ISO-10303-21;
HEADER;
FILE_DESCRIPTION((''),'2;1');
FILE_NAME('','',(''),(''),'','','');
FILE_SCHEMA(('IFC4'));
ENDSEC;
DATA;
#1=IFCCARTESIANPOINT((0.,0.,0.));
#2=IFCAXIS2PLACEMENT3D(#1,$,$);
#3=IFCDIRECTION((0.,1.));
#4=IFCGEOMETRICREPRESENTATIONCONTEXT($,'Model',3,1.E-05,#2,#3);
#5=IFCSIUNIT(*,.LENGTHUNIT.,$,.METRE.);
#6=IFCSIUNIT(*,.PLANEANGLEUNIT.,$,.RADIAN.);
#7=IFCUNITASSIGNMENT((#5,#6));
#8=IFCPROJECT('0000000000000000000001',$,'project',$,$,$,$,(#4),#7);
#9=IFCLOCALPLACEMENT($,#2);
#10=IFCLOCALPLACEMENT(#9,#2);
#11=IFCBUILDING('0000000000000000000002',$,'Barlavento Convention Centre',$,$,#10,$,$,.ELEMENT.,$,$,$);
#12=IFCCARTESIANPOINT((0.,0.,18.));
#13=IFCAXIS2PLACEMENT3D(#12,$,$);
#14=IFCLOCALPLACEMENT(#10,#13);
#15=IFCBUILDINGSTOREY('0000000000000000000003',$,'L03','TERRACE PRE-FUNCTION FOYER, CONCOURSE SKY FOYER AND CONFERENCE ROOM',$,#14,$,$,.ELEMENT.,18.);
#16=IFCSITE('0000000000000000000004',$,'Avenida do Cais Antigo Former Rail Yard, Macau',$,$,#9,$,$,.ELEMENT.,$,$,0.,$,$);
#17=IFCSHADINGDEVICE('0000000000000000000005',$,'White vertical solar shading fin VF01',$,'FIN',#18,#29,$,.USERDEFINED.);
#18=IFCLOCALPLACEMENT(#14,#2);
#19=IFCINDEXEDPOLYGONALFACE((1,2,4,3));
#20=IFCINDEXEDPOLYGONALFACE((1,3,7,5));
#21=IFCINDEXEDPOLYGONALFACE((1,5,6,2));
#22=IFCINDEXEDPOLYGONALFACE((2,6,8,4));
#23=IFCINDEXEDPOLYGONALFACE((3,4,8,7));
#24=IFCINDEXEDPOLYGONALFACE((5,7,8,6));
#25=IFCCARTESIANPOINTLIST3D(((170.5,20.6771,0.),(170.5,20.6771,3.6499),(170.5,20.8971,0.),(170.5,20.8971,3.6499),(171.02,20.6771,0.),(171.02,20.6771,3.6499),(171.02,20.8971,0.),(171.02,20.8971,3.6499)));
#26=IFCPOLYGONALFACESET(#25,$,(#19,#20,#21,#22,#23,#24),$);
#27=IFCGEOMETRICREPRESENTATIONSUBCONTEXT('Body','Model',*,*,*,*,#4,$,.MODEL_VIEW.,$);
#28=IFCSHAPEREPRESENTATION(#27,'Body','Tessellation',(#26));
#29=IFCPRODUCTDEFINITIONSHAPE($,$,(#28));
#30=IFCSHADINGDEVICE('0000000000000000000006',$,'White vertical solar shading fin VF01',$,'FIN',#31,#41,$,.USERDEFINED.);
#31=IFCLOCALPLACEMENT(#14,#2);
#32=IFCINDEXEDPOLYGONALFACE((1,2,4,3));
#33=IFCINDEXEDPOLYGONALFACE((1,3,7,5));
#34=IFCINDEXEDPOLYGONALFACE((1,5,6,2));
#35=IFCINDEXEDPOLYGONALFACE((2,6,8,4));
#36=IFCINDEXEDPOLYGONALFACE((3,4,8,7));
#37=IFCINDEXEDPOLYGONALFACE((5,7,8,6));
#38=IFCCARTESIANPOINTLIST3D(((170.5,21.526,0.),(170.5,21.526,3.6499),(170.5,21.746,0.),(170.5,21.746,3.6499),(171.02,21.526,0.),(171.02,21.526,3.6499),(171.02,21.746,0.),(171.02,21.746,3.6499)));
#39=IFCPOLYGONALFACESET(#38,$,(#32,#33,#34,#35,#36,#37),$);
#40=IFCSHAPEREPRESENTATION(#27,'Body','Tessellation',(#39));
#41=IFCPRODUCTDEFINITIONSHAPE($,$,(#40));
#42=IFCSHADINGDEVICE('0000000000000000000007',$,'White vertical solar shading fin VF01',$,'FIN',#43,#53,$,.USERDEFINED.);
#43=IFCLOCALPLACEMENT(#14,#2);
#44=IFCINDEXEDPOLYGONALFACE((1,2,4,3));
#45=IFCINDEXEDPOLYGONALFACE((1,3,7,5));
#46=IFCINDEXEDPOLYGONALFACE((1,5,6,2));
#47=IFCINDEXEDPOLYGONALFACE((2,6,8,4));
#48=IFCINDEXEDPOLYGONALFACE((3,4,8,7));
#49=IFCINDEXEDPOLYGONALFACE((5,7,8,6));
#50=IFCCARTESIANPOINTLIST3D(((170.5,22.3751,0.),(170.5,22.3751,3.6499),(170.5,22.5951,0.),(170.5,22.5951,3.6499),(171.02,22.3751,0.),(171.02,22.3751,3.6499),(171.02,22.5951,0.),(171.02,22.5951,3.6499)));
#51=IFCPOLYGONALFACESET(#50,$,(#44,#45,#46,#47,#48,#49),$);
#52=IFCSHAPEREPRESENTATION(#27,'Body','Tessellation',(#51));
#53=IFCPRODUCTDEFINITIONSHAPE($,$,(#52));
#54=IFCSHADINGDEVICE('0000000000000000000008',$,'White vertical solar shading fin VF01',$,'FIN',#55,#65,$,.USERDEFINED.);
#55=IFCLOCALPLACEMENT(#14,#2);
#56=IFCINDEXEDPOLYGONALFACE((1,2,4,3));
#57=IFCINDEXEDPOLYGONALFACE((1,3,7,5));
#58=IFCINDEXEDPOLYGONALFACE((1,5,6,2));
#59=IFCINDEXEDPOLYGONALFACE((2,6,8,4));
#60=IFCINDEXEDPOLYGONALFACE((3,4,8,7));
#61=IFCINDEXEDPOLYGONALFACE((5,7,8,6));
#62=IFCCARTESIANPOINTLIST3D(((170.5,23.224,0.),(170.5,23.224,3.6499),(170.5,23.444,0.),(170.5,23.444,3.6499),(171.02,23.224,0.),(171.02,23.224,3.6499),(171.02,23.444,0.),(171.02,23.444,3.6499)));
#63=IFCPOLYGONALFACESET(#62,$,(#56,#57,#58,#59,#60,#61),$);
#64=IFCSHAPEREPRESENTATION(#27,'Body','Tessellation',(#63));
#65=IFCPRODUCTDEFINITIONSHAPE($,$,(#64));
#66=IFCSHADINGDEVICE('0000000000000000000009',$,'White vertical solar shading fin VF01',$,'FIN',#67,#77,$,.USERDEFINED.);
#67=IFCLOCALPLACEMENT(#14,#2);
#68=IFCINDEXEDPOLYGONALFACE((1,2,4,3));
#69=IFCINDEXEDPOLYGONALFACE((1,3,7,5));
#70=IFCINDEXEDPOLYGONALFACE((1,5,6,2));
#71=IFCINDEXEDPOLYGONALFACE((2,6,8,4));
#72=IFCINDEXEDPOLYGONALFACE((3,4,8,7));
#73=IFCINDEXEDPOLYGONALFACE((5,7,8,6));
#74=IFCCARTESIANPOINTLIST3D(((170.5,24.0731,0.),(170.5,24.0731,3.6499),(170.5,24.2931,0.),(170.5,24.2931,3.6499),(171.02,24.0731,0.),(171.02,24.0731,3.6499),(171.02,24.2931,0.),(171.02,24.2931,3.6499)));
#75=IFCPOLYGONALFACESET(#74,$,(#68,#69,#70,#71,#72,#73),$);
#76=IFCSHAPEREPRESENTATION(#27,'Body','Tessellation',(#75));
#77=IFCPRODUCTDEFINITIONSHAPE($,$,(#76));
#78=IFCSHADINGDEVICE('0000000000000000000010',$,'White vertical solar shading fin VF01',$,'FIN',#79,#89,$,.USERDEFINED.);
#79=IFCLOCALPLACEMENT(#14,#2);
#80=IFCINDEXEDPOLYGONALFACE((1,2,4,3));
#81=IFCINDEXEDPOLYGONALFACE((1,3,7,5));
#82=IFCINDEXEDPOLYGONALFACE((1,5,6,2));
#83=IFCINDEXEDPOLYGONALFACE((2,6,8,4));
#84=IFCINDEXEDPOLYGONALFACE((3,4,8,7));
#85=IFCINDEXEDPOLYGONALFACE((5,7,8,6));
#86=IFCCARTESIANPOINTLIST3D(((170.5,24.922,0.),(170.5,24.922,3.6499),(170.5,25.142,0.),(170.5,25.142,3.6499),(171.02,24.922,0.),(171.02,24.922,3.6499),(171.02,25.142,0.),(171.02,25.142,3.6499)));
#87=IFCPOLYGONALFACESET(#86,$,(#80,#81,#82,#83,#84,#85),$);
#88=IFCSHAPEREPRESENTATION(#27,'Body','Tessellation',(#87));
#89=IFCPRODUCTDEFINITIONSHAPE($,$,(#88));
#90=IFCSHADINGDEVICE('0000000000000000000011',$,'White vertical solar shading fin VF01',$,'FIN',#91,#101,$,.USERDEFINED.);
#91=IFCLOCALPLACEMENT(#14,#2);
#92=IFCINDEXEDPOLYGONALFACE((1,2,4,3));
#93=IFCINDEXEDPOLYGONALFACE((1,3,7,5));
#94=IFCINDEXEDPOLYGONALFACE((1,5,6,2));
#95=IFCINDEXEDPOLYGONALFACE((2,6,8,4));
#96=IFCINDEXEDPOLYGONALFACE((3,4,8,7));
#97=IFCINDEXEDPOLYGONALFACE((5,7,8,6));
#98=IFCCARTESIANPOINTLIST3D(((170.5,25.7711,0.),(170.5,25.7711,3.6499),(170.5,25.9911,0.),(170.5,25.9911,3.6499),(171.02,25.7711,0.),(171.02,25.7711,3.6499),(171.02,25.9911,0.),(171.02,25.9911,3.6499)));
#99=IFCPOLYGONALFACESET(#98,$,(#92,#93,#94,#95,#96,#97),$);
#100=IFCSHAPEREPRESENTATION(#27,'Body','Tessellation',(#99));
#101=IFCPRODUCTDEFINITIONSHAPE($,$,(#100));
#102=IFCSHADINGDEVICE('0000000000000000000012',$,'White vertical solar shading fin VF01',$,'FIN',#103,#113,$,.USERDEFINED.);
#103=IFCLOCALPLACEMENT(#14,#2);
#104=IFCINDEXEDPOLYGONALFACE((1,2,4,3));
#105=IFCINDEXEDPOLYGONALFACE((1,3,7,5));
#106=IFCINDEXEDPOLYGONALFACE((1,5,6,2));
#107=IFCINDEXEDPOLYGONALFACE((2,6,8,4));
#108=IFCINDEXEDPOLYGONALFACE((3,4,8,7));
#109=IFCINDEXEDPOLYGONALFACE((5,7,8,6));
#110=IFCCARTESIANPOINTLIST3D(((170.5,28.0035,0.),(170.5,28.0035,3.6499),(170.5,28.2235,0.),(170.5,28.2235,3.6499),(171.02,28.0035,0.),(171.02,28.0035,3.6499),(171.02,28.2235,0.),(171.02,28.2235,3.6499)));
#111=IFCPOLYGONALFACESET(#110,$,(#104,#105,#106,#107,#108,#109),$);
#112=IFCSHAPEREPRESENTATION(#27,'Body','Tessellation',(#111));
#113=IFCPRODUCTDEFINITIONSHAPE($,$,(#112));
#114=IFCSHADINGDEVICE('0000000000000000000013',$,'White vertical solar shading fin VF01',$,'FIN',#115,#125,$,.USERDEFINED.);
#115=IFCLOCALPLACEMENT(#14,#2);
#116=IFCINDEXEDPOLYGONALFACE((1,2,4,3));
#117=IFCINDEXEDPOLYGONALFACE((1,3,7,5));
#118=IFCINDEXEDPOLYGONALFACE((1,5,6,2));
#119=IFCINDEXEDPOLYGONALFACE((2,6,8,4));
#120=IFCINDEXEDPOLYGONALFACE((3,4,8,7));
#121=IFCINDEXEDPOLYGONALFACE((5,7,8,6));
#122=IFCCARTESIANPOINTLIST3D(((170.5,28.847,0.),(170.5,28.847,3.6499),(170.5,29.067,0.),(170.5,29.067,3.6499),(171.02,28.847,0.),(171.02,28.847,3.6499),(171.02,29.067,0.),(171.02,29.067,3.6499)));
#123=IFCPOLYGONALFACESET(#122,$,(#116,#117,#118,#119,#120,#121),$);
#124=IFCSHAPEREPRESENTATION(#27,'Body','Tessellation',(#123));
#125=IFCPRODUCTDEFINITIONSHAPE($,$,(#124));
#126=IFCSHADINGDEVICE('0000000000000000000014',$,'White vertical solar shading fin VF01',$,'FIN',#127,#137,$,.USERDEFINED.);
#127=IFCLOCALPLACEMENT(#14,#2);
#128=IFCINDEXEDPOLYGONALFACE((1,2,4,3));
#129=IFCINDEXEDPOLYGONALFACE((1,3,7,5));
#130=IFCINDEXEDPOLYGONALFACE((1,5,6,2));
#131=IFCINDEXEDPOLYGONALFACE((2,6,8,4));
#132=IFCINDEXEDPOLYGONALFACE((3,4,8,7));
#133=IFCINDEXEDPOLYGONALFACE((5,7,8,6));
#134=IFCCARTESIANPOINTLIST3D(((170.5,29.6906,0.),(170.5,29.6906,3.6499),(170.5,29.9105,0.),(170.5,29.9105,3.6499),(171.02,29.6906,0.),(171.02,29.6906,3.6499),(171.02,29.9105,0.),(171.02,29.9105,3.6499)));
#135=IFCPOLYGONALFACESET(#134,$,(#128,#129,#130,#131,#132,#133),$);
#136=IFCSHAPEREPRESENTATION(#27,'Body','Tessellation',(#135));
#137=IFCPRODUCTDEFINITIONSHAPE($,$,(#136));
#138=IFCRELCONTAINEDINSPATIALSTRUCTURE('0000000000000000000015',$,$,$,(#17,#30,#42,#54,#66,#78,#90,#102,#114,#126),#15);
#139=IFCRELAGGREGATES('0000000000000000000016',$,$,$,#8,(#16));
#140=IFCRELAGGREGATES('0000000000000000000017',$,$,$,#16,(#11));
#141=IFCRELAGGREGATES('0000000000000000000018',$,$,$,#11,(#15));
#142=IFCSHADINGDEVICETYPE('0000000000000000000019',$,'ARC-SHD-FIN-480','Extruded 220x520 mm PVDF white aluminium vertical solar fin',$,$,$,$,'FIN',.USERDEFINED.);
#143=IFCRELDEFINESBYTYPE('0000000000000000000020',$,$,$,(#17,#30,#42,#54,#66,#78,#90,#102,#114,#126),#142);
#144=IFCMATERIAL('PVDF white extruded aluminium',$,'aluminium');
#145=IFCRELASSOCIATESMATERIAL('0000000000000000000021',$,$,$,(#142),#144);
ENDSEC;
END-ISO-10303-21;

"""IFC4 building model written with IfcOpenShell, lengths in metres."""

from ifc_helpers import new_model, si_unit, direction, frame, origin, origin_2d, place, context, subcontext, project, spatial, rectangle, extrude, material, type_object, element, save


model = new_model("IFC4")

# Units and contexts
model_context = context("Model", 3, precision=1e-05, world=origin(), true_north=direction((0.0, 1.0)))
body_context = subcontext(model_context, "Body", "Model", "MODEL_VIEW")
ifc_project = project(units=[si_unit("LENGTHUNIT", "METRE"), si_unit("PLANEANGLEUNIT", "RADIAN")], contexts=[model_context])

# Site, building, storey
site_placement = place(None, origin())
site = spatial("IfcSite", under=ifc_project, at=site_placement, Name="Avenida do Cais Antigo Former Rail Yard, Macau", CompositionType="ELEMENT", RefElevation=0.0)
building_placement = place(site_placement, origin())
building = spatial("IfcBuilding", under=site, at=building_placement, Name="Barlavento Convention Centre", CompositionType="ELEMENT")
storey_placement = place(building_placement, frame((0.0, 0.0, 18.0)))
storey = spatial("IfcBuildingStorey", under=building, at=storey_placement, Name="L03", Description="TERRACE PRE-FUNCTION FOYER, CONCOURSE SKY FOYER AND CONFERENCE ROOM", CompositionType="ELEMENT", Elevation=18.0)

# Shading devices
ifc_material_1 = material(Name="PVDF white extruded aluminium", Category="aluminium")
shading_device_type = type_object("IfcShadingDeviceType", Name="ARC-SHD-FIN-480", Description="Extruded 220x520 mm PVDF white aluminium vertical solar fin", ElementType="FIN", PredefinedType="USERDEFINED", material=ifc_material_1)
for number, where, z_axis, x_axis, name in (
    (1, (170.76, 20.7871, 0.0), (0.0, 0.0, 1.0), (0.0, 1.0, 0.0), "White vertical solar shading fin VF01"),
    (2, (170.76, 21.636, 0.0), (0.0, 0.0, 1.0), (0.0, 1.0, 0.0), "White vertical solar shading fin VF01"),
    (3, (170.76, 22.4851, 0.0), (0.0, 0.0, 1.0), (0.0, 1.0, 0.0), "White vertical solar shading fin VF01"),
    (4, (170.76, 23.334, 0.0), (0.0, 0.0, 1.0), (0.0, 1.0, 0.0), "White vertical solar shading fin VF01"),
    (5, (170.76, 24.1831, 0.0), (0.0, 0.0, 1.0), (0.0, 1.0, 0.0), "White vertical solar shading fin VF01"),
    (6, (170.76, 25.032, 0.0), (0.0, 0.0, 1.0), (0.0, 1.0, 0.0), "White vertical solar shading fin VF01"),
    (7, (170.76, 25.8811, 0.0), (0.0, 0.0, 1.0), (0.0, 1.0, 0.0), "White vertical solar shading fin VF01"),
    (8, (170.76, 28.1135, 0.0), (0.0, 0.0, 1.0), (0.0, 1.0, 0.0), "White vertical solar shading fin VF01"),
    (9, (170.76, 28.957, 0.0), (0.0, 0.0, 1.0), (0.0, 1.0, 0.0), "White vertical solar shading fin VF01"),
    (10, (170.76, 29.8005, 0.0), (0.0, 0.0, 1.0), (0.0, 1.0, 0.0), "White vertical solar shading fin VF01"),
):
    element("IfcShadingDevice", number, at=place(storey_placement, frame(where, z_axis=z_axis, x_axis=x_axis)), inside=storey, type_object=shading_device_type, Name=name, ObjectType="FIN", PredefinedType="USERDEFINED", context=body_context, shape_type="SweptSolid", body=[
        extrude(rectangle(XDim=0.22, YDim=0.52, at=origin_2d()), origin(), (0.0, 0.0, 1.0), 3.6499),
    ])

save(model, "model.ifc")
